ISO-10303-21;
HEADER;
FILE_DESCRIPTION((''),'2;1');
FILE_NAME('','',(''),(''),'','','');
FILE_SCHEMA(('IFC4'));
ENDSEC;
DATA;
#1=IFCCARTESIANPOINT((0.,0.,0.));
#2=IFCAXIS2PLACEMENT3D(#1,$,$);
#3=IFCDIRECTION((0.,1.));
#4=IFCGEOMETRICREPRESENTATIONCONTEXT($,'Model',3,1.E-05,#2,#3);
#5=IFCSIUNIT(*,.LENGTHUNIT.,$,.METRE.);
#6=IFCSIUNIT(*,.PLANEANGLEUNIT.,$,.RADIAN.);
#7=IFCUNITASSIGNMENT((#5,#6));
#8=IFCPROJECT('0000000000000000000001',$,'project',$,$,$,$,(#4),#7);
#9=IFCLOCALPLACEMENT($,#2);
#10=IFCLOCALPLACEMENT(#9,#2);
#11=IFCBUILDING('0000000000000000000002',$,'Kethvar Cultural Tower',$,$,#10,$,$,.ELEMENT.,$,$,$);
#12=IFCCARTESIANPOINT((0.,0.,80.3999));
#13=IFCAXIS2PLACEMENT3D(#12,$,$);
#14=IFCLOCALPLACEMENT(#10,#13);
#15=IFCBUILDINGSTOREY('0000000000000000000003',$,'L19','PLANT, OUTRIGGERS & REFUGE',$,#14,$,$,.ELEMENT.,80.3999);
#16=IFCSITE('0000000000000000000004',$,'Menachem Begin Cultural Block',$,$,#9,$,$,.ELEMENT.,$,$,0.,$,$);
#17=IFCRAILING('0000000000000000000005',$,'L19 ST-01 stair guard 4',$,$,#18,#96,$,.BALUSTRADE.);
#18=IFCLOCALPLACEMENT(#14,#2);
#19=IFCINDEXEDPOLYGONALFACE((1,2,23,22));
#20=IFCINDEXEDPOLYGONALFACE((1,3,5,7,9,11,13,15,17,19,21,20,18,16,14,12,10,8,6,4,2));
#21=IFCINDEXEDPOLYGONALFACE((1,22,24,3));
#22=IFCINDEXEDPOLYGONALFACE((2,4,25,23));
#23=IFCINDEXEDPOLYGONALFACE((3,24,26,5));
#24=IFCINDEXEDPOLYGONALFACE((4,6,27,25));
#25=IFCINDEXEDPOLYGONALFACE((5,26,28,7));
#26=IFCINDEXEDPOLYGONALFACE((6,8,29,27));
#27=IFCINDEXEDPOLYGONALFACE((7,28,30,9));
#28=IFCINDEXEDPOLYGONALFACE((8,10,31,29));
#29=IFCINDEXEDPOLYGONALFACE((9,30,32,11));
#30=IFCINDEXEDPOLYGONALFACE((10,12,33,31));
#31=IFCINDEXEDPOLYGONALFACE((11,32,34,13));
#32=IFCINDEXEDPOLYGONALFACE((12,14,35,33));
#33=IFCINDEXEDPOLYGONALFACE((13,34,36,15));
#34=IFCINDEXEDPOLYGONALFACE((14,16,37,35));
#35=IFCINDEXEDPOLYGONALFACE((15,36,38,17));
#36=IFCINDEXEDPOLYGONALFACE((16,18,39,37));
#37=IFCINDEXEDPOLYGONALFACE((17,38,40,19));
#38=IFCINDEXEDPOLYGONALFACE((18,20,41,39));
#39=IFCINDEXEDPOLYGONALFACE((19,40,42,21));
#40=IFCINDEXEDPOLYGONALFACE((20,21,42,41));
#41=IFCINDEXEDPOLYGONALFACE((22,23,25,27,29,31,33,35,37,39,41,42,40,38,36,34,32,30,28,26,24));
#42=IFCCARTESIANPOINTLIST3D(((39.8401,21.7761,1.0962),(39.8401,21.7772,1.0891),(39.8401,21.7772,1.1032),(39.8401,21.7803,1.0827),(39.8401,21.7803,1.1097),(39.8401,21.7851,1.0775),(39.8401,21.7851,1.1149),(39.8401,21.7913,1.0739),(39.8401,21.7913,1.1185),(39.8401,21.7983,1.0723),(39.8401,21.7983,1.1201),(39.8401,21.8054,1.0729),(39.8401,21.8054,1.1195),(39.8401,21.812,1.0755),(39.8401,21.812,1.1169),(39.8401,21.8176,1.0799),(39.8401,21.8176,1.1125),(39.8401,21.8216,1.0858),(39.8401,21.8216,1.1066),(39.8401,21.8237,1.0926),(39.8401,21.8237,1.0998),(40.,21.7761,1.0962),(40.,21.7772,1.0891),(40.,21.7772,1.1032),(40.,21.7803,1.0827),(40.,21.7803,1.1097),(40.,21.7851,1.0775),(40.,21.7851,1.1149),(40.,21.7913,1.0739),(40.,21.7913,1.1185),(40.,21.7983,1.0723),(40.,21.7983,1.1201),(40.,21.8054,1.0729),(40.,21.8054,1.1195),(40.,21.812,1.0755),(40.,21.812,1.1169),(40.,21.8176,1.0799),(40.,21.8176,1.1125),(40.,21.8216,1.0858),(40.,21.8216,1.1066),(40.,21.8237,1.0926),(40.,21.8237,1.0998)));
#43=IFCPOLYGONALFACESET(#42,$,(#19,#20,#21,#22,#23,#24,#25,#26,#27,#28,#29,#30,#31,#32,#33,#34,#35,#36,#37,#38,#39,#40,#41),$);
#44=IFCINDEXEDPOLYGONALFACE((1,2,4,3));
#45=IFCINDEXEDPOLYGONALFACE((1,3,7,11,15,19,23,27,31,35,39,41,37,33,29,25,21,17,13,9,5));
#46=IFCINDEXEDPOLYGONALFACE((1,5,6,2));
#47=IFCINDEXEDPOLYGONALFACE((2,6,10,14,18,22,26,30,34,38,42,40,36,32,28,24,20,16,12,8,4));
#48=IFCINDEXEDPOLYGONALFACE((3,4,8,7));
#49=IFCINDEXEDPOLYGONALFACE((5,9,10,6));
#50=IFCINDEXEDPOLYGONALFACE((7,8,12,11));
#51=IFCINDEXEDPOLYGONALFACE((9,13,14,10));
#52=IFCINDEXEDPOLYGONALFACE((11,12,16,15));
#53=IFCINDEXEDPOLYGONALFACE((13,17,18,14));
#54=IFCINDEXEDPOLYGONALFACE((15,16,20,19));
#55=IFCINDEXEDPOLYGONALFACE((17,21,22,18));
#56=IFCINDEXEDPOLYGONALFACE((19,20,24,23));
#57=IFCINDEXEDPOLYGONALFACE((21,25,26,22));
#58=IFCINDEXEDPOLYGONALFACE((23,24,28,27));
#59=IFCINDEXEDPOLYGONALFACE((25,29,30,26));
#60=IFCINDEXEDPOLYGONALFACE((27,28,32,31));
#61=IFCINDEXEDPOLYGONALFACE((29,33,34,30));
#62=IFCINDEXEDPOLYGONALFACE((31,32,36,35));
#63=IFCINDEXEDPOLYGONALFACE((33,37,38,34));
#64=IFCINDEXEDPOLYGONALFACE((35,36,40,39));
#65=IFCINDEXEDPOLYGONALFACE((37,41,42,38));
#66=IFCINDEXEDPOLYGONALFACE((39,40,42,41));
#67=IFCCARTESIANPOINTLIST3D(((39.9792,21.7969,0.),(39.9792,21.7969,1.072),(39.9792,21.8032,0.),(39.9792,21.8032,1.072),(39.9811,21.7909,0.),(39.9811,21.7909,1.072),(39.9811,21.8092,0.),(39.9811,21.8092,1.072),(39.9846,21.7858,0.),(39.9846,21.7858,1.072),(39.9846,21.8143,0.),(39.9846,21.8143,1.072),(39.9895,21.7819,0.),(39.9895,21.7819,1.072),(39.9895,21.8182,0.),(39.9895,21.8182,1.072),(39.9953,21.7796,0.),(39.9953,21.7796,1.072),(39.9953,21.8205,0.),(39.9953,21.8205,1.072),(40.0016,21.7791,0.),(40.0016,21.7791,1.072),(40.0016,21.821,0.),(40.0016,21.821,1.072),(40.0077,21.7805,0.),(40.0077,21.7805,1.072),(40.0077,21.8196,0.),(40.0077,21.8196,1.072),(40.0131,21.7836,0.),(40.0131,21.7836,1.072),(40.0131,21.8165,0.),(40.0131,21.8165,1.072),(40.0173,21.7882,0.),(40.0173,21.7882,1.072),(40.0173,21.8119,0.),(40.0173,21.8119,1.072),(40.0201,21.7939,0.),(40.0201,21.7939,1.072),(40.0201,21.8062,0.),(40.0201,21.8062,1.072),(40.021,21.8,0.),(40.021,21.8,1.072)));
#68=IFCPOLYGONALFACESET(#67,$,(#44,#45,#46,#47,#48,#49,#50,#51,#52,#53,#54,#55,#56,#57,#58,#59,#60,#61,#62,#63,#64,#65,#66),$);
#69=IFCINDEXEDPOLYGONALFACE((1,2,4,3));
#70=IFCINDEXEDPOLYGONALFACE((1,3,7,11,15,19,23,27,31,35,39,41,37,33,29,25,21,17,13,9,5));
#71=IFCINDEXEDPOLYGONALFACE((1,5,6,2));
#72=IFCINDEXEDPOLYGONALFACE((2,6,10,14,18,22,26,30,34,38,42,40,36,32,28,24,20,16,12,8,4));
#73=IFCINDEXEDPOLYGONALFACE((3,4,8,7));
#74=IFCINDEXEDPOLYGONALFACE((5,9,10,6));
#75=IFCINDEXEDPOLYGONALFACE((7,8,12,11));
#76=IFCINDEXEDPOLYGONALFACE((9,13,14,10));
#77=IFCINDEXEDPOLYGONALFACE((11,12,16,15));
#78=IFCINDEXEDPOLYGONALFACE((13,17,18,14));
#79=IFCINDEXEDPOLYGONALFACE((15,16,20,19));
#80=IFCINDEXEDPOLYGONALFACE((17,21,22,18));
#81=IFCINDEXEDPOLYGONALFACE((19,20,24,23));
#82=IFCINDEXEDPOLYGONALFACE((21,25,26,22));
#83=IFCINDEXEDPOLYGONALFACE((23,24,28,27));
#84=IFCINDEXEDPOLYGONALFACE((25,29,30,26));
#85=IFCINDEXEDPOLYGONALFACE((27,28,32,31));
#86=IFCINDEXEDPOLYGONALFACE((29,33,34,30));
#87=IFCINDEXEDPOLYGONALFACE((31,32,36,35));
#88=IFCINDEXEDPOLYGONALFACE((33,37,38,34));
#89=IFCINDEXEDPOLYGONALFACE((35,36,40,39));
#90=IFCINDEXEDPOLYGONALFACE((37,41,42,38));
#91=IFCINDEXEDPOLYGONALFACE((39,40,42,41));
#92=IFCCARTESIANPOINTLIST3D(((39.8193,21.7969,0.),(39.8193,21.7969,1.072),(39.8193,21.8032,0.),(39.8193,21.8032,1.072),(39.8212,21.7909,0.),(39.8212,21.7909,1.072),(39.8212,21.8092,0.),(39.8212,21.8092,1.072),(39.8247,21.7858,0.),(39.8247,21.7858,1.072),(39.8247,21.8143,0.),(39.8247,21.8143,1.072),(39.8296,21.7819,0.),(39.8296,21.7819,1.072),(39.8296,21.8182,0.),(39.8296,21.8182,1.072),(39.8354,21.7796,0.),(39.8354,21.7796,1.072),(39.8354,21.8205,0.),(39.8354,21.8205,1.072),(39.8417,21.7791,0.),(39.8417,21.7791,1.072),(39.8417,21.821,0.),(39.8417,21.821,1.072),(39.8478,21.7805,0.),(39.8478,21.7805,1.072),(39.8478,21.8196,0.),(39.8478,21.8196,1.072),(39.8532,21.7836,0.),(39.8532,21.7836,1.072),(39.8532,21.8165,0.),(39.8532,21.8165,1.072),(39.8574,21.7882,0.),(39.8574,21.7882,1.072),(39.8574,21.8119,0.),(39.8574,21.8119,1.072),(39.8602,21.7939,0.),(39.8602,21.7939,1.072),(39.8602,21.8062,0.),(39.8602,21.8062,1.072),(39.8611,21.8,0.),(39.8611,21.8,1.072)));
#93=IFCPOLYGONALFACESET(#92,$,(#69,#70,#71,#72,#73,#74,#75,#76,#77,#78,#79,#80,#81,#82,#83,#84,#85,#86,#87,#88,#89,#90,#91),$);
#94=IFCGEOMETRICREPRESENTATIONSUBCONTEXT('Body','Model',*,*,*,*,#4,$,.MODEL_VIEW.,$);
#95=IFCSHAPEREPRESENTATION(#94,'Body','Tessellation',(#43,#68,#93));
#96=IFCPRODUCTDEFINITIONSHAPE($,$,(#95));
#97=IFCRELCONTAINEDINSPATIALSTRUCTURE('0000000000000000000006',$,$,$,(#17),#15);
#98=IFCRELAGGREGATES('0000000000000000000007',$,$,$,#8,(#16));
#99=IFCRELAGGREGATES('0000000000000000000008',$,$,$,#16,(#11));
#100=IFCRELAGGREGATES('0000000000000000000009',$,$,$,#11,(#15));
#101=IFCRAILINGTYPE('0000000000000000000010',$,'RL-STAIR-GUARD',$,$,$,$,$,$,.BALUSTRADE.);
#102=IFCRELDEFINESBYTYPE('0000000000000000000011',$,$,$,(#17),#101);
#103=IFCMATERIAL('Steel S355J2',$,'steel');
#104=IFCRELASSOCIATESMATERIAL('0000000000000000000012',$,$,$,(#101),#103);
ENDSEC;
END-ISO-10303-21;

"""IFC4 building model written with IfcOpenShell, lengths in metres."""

from ifc_helpers import new_model, si_unit, direction, frame, origin, origin_2d, place, context, subcontext, project, spatial, circle, extrude, material, type_object, element, save


model = new_model("IFC4")

# Units and contexts
model_context = context("Model", 3, precision=1e-05, world=origin(), true_north=direction((0.0, 1.0)))
body_context = subcontext(model_context, "Body", "Model", "MODEL_VIEW")
ifc_project = project(units=[si_unit("LENGTHUNIT", "METRE"), si_unit("PLANEANGLEUNIT", "RADIAN")], contexts=[model_context])

# Site, building, storey
site_placement = place(None, origin())
site = spatial("IfcSite", under=ifc_project, at=site_placement, Name="Menachem Begin Cultural Block", CompositionType="ELEMENT", RefElevation=0.0)
building_placement = place(site_placement, origin())
building = spatial("IfcBuilding", under=site, at=building_placement, Name="Kethvar Cultural Tower", CompositionType="ELEMENT")
storey_placement = place(building_placement, frame((0.0, 0.0, 80.3999)))
storey = spatial("IfcBuildingStorey", under=building, at=storey_placement, Name="L19", Description="PLANT, OUTRIGGERS & REFUGE", CompositionType="ELEMENT", Elevation=80.3999)

# Shared definitions
ifc_material_1 = material(Name="Steel S355J2", Category="steel")

# Railing
railing_type_1 = type_object("IfcRailingType", Name="RL-STAIR-GUARD", PredefinedType="BALUSTRADE", material=ifc_material_1)
railing_1_placement = place(storey_placement, frame((40.0, 21.8, 0.0)))
element("IfcRailing", 1, at=railing_1_placement, inside=storey, type_object=railing_type_1, Name="L19 ST-01 stair guard 4", PredefinedType="BALUSTRADE", context=body_context, shape_type="SweptSolid", body=[
    extrude(circle(Radius=0.0239, at=origin_2d()), frame((0.0, 0.0, 1.0962), z_axis=(-1.0, 0.0, 0.0), x_axis=(0.0, -1.0, 0.0)), (0.0, 0.0, 1.0), 0.1599),
    extrude(circle(Radius=0.021, at=origin_2d()), origin(), (0.0, 0.0, 1.0), 1.072),
    extrude(circle(Radius=0.021, at=origin_2d()), frame((-0.1599, 0.0, 0.0)), (0.0, 0.0, 1.0), 1.072),
])

save(model, "model.ifc")
